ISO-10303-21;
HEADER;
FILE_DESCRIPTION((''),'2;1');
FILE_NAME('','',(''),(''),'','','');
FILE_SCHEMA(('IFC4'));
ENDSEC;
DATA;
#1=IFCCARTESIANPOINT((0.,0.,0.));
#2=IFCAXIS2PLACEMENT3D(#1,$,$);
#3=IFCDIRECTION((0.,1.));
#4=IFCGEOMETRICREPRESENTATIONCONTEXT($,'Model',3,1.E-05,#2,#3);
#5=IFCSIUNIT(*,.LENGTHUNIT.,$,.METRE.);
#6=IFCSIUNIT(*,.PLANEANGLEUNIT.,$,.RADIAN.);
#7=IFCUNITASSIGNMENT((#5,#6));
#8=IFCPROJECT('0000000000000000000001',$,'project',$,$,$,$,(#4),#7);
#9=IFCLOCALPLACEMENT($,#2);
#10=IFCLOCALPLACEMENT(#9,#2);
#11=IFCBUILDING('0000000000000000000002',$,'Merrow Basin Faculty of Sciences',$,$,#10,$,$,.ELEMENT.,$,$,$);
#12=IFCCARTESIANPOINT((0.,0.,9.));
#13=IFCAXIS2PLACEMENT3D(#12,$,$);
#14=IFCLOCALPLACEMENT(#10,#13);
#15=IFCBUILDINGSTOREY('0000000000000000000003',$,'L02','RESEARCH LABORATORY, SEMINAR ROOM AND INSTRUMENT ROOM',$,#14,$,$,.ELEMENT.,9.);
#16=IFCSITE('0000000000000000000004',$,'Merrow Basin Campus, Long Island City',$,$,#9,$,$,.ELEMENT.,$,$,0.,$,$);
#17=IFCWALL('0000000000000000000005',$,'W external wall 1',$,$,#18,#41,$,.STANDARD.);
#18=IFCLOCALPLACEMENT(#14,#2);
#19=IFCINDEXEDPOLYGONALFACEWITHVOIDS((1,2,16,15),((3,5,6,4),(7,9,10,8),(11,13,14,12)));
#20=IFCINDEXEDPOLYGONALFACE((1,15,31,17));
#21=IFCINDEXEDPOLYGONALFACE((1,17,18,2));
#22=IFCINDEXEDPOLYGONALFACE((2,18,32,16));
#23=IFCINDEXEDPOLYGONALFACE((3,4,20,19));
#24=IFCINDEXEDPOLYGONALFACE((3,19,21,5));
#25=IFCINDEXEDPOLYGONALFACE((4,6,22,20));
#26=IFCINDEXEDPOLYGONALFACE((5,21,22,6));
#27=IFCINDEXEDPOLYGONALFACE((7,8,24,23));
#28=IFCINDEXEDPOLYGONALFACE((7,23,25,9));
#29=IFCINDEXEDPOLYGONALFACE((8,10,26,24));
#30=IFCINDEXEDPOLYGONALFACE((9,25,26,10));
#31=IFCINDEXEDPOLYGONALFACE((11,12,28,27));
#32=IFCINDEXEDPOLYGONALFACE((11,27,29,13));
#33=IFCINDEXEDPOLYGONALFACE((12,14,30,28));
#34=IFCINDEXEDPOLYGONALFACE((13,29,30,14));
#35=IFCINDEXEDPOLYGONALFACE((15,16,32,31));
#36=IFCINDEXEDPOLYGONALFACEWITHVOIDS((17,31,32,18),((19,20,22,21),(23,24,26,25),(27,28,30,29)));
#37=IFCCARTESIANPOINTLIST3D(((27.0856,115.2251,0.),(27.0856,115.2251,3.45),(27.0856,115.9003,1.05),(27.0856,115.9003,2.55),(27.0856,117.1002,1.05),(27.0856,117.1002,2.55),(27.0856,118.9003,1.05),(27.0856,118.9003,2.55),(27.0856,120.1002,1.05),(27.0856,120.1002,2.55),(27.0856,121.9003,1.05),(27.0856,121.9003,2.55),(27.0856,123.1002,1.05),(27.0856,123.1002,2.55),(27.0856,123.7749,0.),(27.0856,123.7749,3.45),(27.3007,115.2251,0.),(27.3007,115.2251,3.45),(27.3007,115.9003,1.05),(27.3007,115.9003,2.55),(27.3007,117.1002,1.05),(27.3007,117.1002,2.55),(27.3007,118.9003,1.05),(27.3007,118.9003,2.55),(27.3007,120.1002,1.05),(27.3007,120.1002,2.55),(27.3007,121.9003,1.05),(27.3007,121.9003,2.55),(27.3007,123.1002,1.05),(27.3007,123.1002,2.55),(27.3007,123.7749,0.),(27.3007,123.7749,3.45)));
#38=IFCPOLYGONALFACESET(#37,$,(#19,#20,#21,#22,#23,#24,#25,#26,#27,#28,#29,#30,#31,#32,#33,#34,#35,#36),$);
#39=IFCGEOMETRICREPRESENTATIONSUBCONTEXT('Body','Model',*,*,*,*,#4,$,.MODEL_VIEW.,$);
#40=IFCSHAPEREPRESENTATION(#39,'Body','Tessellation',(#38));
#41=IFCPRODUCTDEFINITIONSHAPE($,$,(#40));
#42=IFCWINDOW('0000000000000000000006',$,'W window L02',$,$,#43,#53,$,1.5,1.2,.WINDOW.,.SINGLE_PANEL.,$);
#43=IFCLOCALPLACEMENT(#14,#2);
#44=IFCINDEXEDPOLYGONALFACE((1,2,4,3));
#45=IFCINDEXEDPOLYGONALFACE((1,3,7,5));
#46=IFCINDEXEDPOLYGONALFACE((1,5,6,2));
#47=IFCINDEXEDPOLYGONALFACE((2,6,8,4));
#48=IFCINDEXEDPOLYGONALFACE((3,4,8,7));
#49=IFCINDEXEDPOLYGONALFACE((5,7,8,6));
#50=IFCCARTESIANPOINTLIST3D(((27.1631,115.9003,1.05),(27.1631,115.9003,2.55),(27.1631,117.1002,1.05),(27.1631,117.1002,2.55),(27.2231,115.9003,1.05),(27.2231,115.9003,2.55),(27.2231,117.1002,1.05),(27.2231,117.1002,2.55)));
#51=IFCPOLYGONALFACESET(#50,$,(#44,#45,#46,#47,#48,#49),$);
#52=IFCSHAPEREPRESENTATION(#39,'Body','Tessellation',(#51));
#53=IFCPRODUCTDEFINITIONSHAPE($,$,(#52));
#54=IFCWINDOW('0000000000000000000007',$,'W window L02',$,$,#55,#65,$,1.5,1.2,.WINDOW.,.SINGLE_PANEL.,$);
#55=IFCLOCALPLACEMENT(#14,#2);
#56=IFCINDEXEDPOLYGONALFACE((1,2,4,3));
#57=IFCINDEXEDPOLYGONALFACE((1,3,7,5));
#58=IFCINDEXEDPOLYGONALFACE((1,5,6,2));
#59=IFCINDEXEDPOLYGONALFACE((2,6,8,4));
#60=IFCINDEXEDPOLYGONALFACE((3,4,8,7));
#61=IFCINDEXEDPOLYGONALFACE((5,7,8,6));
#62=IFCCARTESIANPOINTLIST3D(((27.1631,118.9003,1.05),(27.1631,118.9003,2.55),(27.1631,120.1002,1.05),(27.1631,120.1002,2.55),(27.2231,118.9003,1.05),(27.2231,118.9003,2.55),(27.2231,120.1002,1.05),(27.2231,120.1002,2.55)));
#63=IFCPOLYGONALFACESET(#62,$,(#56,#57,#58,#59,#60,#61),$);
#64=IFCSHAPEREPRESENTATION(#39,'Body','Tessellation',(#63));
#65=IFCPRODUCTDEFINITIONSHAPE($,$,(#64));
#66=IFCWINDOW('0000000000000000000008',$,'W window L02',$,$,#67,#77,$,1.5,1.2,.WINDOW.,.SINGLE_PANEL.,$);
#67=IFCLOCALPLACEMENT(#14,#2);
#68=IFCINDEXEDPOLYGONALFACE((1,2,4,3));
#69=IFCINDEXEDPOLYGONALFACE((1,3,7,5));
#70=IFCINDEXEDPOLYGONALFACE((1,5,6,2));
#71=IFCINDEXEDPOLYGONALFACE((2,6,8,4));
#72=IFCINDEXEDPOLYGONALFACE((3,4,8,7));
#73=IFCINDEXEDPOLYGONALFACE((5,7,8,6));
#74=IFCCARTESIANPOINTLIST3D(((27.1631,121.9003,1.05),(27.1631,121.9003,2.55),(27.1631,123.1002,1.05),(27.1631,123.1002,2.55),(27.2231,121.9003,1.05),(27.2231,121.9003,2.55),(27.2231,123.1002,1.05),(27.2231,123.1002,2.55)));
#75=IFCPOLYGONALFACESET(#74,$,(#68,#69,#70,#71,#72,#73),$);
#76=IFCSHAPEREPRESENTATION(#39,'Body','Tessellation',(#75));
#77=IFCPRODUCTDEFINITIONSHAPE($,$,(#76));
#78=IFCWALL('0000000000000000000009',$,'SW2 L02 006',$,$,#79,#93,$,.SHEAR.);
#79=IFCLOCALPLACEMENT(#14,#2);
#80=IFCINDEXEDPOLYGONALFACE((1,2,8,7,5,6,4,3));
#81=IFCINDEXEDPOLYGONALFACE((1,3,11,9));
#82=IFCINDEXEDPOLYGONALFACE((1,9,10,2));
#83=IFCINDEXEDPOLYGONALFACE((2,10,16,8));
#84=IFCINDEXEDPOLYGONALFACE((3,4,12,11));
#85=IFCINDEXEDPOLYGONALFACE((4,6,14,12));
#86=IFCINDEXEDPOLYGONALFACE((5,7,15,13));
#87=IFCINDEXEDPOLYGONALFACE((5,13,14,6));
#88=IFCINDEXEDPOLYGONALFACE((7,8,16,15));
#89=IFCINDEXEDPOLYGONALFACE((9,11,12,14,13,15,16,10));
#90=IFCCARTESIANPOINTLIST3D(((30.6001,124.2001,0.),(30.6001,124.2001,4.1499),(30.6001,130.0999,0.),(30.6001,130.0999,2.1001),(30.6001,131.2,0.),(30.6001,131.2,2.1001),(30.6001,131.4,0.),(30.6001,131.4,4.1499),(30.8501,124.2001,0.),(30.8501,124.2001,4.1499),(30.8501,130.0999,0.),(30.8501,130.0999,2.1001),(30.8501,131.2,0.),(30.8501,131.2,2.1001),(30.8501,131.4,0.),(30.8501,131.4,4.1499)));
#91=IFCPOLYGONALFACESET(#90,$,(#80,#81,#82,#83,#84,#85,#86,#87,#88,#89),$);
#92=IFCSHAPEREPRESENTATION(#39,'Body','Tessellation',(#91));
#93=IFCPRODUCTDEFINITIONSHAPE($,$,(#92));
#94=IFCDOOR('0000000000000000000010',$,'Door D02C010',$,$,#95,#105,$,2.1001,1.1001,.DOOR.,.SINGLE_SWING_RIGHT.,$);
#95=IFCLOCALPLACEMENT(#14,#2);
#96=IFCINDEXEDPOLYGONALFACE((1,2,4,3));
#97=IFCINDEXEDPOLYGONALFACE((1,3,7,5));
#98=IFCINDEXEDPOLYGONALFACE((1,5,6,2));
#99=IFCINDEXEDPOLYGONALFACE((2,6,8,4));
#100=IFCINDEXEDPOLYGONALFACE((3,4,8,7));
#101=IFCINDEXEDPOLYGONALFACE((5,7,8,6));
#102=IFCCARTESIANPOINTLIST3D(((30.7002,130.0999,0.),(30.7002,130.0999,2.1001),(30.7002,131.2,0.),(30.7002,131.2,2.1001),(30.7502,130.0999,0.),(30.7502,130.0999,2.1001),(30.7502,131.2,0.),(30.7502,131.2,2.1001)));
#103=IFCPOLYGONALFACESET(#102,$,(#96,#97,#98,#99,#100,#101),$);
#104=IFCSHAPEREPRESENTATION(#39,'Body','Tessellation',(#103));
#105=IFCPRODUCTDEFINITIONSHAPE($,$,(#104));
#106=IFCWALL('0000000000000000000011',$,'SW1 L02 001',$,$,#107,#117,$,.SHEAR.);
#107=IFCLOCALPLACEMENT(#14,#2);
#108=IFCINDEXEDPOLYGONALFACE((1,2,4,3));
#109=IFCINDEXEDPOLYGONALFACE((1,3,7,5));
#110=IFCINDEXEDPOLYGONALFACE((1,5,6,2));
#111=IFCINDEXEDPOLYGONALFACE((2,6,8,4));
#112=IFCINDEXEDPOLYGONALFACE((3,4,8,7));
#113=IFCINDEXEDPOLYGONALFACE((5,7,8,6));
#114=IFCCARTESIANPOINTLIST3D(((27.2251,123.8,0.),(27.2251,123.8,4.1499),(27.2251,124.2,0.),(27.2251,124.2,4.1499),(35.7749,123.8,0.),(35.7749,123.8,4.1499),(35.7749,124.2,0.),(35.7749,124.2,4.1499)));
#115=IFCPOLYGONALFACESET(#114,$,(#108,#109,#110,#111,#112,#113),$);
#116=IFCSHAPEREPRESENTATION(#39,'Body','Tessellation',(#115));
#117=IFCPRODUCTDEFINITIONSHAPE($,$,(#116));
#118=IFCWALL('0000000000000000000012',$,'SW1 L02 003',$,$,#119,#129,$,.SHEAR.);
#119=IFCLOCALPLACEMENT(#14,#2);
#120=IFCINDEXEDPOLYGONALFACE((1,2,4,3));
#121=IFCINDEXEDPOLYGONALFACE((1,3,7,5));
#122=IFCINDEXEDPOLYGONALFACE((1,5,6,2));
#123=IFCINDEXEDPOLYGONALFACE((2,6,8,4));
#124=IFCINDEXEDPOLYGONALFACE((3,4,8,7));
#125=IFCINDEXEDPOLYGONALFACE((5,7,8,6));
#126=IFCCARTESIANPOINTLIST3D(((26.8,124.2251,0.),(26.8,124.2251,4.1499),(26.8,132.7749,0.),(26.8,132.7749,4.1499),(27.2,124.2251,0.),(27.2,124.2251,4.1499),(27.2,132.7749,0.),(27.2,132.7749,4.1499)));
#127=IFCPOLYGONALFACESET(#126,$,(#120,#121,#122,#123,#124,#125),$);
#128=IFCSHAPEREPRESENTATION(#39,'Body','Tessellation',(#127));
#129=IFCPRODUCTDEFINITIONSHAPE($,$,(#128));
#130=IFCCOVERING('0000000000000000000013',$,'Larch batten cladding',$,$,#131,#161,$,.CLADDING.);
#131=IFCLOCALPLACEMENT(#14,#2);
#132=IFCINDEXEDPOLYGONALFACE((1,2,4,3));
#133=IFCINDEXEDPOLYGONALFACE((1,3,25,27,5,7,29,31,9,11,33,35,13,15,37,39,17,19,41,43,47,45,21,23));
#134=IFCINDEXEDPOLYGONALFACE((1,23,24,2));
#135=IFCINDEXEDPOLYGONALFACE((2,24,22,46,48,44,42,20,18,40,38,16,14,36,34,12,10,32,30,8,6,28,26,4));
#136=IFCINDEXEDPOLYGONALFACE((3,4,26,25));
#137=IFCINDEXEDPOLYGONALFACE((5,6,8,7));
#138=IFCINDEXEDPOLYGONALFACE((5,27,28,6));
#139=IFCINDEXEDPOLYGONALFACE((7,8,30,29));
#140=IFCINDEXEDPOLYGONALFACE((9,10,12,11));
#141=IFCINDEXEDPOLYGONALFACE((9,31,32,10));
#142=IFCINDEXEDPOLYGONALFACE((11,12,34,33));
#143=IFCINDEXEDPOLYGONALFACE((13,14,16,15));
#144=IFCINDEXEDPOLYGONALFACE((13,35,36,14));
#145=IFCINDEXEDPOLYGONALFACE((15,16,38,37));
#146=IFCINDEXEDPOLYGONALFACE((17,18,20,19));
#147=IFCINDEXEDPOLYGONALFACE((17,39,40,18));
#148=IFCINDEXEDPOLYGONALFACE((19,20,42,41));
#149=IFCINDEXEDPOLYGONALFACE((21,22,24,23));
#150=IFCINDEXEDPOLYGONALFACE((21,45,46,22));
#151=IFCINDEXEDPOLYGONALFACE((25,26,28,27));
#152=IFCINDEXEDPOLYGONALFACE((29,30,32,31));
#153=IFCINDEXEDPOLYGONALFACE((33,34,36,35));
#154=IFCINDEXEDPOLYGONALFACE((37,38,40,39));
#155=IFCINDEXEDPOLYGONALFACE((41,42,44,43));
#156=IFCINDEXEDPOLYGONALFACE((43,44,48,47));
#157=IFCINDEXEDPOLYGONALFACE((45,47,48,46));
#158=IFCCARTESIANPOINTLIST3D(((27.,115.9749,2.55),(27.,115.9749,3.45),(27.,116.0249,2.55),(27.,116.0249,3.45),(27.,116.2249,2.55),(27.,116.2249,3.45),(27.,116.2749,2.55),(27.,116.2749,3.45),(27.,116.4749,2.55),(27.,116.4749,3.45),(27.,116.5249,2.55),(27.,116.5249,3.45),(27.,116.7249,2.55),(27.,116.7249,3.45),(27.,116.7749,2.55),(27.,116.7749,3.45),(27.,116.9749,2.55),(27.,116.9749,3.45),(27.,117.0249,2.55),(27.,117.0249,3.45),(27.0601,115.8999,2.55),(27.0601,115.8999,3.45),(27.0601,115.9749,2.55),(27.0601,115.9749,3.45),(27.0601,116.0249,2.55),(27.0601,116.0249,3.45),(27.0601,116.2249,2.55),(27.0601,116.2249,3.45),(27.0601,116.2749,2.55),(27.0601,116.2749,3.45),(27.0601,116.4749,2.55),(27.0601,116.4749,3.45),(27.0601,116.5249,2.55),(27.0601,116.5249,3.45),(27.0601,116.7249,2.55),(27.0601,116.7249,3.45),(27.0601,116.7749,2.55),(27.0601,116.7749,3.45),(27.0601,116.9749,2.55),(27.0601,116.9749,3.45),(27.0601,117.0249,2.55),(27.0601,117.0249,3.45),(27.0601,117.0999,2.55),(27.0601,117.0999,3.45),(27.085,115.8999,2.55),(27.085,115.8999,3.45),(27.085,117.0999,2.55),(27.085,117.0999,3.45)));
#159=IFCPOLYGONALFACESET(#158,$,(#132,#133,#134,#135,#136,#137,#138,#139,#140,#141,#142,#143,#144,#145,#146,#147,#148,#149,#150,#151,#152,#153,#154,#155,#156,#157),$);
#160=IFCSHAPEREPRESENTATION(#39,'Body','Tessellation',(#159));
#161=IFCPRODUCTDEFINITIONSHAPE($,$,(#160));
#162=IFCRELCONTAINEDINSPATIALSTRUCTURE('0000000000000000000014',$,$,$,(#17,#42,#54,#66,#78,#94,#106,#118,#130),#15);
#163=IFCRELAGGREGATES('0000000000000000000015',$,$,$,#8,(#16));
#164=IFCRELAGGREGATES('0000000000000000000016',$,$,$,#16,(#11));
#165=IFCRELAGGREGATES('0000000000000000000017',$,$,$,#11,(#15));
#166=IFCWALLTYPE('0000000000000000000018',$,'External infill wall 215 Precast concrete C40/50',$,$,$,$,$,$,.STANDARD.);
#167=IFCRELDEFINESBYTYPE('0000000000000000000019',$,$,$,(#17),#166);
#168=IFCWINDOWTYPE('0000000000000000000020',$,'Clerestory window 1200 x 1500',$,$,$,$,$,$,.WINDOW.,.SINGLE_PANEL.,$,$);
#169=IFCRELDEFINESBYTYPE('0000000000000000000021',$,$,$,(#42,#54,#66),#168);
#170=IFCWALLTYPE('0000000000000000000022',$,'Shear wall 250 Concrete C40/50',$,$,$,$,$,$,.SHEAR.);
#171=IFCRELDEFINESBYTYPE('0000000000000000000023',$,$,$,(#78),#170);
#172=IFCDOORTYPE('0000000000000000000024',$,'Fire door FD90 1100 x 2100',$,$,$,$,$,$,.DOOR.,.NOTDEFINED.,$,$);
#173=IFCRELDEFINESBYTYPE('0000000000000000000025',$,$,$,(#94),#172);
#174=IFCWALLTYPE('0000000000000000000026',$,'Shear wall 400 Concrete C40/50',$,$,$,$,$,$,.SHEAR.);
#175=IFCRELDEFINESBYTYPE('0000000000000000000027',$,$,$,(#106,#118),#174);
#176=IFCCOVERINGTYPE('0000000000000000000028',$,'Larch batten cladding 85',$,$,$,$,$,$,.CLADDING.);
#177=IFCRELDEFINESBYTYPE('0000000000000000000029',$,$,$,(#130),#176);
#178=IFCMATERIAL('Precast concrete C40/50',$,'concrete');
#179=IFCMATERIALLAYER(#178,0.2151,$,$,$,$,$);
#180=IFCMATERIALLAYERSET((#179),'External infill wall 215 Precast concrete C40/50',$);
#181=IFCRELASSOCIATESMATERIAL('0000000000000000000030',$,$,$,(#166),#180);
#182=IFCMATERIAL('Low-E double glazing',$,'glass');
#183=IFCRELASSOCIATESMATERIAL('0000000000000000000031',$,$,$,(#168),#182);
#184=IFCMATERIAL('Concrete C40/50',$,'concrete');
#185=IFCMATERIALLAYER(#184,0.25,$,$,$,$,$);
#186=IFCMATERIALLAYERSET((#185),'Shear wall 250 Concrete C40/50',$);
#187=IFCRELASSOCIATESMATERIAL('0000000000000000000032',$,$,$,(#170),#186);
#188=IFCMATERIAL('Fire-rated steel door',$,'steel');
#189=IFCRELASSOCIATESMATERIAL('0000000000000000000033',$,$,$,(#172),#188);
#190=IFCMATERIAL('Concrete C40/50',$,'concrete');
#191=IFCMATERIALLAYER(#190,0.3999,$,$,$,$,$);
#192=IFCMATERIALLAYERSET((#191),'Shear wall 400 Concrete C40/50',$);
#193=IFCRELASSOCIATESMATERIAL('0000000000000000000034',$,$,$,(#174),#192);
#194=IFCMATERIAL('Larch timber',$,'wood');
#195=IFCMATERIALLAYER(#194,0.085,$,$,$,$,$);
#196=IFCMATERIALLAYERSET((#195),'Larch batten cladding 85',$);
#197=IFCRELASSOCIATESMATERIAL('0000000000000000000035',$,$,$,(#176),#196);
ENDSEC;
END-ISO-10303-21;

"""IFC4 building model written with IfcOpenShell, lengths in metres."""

from ifc_helpers import new_model, si_unit, direction, frame, frame_2d, origin, place, context, subcontext, project, spatial, polyline, rectangle, outline, extrude, source, transform, mapped, material, layer, layer_set, type_object, element, fill, save


model = new_model("IFC4")

# Units and contexts
model_context = context("Model", 3, precision=1e-05, world=origin(), true_north=direction((0.0, 1.0)))
body_context = subcontext(model_context, "Body", "Model", "MODEL_VIEW")
ifc_project = project(units=[si_unit("LENGTHUNIT", "METRE"), si_unit("PLANEANGLEUNIT", "RADIAN")], contexts=[model_context])

# Site, building, storey
site_placement = place(None, origin())
site = spatial("IfcSite", under=ifc_project, at=site_placement, Name="Merrow Basin Campus, Long Island City", CompositionType="ELEMENT", RefElevation=0.0)
building_placement = place(site_placement, origin())
building = spatial("IfcBuilding", under=site, at=building_placement, Name="Merrow Basin Faculty of Sciences", CompositionType="ELEMENT")
storey_placement = place(building_placement, frame((0.0, 0.0, 9.0)))
storey = spatial("IfcBuildingStorey", under=building, at=storey_placement, Name="L02", Description="RESEARCH LABORATORY, SEMINAR ROOM AND INSTRUMENT ROOM", CompositionType="ELEMENT", Elevation=9.0)

# Wall, openings, windows
ifc_material_1 = material(Name="Precast concrete C40/50", Category="concrete")
ifc_layer_1 = layer(ifc_material_1, 0.2151)
ifc_layer_set_1 = layer_set([ifc_layer_1], Name="External infill wall 215 Precast concrete C40/50")
wall_type_1 = type_object("IfcWallType", Name="External infill wall 215 Precast concrete C40/50", PredefinedType="STANDARD", material=ifc_layer_set_1)
wall_1_placement = place(storey_placement, frame((27.1931, 115.2251, 0.0), z_axis=(0.0, 0.0, 1.0), x_axis=(0.0, 1.0, 0.0)))
wall_1 = element("IfcWall", 1, at=wall_1_placement, inside=storey, type_object=wall_type_1, Name="W external wall 1", PredefinedType="STANDARD", context=body_context, shape_type="SweptSolid", body=[
    extrude(rectangle(XDim=8.5498, YDim=0.2151, at=frame_2d((4.2749, 0.0))), origin(), (0.0, 0.0, 1.0), 3.45),
])
opening_1_placement = place(wall_1_placement, frame((0.675, 0.0, 1.05)))
opening_1 = element("IfcOpeningElement", 2, at=opening_1_placement, cuts=wall_1, PredefinedType="OPENING", context=body_context, shape_type="SweptSolid", body=[
    extrude(rectangle(XDim=1.2, YDim=1.5, at=frame_2d((0.6001, 0.75))), frame((0.0, 0.1174, 0.0), z_axis=(0.0, -1.0, 0.0), x_axis=(1.0, 0.0, 0.0)), (0.0, 0.0, 1.0), 0.2351),
])
opening_2_placement = place(wall_1_placement, frame((3.675, 0.0, 1.05)))
opening_2 = element("IfcOpeningElement", 3, at=opening_2_placement, cuts=wall_1, PredefinedType="OPENING", context=body_context, shape_type="SweptSolid", body=[
    extrude(rectangle(XDim=1.2, YDim=1.5, at=frame_2d((0.6001, 0.75))), frame((0.0, 0.1174, 0.0), z_axis=(0.0, -1.0, 0.0), x_axis=(1.0, 0.0, 0.0)), (0.0, 0.0, 1.0), 0.2351),
])
opening_3_placement = place(wall_1_placement, frame((6.675, 0.0, 1.05)))
opening_3 = element("IfcOpeningElement", 4, at=opening_3_placement, cuts=wall_1, PredefinedType="OPENING", context=body_context, shape_type="SweptSolid", body=[
    extrude(rectangle(XDim=1.2, YDim=1.5, at=frame_2d((0.6001, 0.75))), frame((0.0, 0.1174, 0.0), z_axis=(0.0, -1.0, 0.0), x_axis=(1.0, 0.0, 0.0)), (0.0, 0.0, 1.0), 0.2351),
])
ifc_material_2 = material(Name="Low-E double glazing", Category="glass")
window_type = type_object("IfcWindowType", Name="Clerestory window 1200 x 1500", PartitioningType="SINGLE_PANEL", PredefinedType="WINDOW", material=ifc_material_2)
window_1_placement = place(opening_1_placement, origin())
window_1 = element("IfcWindow", 5, at=window_1_placement, inside=storey, type_object=window_type, Name="W window L02", OverallHeight=1.5, OverallWidth=1.2, PartitioningType="SINGLE_PANEL", PredefinedType="WINDOW", context=body_context, shape_type="SweptSolid", body=[
    extrude(rectangle(XDim=1.2, YDim=1.5, at=frame_2d((0.6001, 0.75))), frame((0.0, 0.03, 0.0), z_axis=(0.0, -1.0, 0.0), x_axis=(1.0, 0.0, 0.0)), (0.0, 0.0, 1.0), 0.0601),
])
fill(opening_1, window_1)
window_2_placement = place(opening_2_placement, origin())
window_2 = element("IfcWindow", 6, at=window_2_placement, inside=storey, type_object=window_type, Name="W window L02", OverallHeight=1.5, OverallWidth=1.2, PartitioningType="SINGLE_PANEL", PredefinedType="WINDOW", context=body_context, shape_type="SweptSolid", body=[
    extrude(rectangle(XDim=1.2, YDim=1.5, at=frame_2d((0.6001, 0.75))), frame((0.0, 0.03, 0.0), z_axis=(0.0, -1.0, 0.0), x_axis=(1.0, 0.0, 0.0)), (0.0, 0.0, 1.0), 0.0601),
])
fill(opening_2, window_2)
window_3_placement = place(opening_3_placement, origin())
window_3 = element("IfcWindow", 7, at=window_3_placement, inside=storey, type_object=window_type, Name="W window L02", OverallHeight=1.5, OverallWidth=1.2, PartitioningType="SINGLE_PANEL", PredefinedType="WINDOW", context=body_context, shape_type="SweptSolid", body=[
    extrude(rectangle(XDim=1.2, YDim=1.5, at=frame_2d((0.6001, 0.75))), frame((0.0, 0.03, 0.0), z_axis=(0.0, -1.0, 0.0), x_axis=(1.0, 0.0, 0.0)), (0.0, 0.0, 1.0), 0.0601),
])
fill(opening_3, window_3)

# Wall, opening, door
ifc_material_3 = material(Name="Concrete C40/50", Category="concrete")
ifc_layer_2 = layer(ifc_material_3, 0.25)
ifc_layer_set_2 = layer_set([ifc_layer_2], Name="Shear wall 250 Concrete C40/50")
wall_type_2 = type_object("IfcWallType", Name="Shear wall 250 Concrete C40/50", PredefinedType="SHEAR", material=ifc_layer_set_2)
wall_2_placement = place(storey_placement, frame((30.7251, 124.2, 0.0), z_axis=(0.0, 0.0, 1.0), x_axis=(0.0, 1.0, 0.0)))
wall_2 = element("IfcWall", 8, at=wall_2_placement, inside=storey, type_object=wall_type_2, Name="SW2 L02 006", PredefinedType="SHEAR", context=body_context, shape_type="SweptSolid", body=[
    extrude(rectangle(XDim=7.2, YDim=0.25, at=frame_2d((3.6001, 0.0))), origin(), (0.0, 0.0, 1.0), 4.1499),
])
opening_4_placement = place(wall_2_placement, frame((5.8999, 0.0, 0.0)))
opening_4 = element("IfcOpeningElement", 9, at=opening_4_placement, cuts=wall_2, PredefinedType="OPENING", context=body_context, shape_type="SweptSolid", body=[
    extrude(rectangle(XDim=1.1001, YDim=2.1001, at=frame_2d((0.55, 1.05))), frame((0.0, 0.135, 0.0), z_axis=(0.0, -1.0, 0.0), x_axis=(1.0, 0.0, 0.0)), (0.0, 0.0, 1.0), 0.27),
])
ifc_material_4 = material(Name="Fire-rated steel door", Category="steel")
door_type = type_object("IfcDoorType", Name="Fire door FD90 1100 x 2100", OperationType="NOTDEFINED", PredefinedType="DOOR", material=ifc_material_4)
door_placement = place(opening_4_placement, origin())
door = element("IfcDoor", 10, at=door_placement, inside=storey, type_object=door_type, Name="Door D02C010", OperationType="SINGLE_SWING_RIGHT", OverallHeight=2.1001, OverallWidth=1.1001, PredefinedType="DOOR", context=body_context, shape_type="SweptSolid", body=[
    extrude(rectangle(XDim=1.1001, YDim=2.1001, at=frame_2d((0.55, 1.05))), frame((0.0, 0.0249, 0.0), z_axis=(0.0, -1.0, 0.0), x_axis=(1.0, 0.0, 0.0)), (0.0, 0.0, 1.0), 0.05),
])
fill(opening_4, door)

# Walls
ifc_material_5 = material(Name="Concrete C40/50", Category="concrete")
ifc_layer_3 = layer(ifc_material_5, 0.3999)
ifc_layer_set_3 = layer_set([ifc_layer_3], Name="Shear wall 400 Concrete C40/50")
wall_type_3 = type_object("IfcWallType", Name="Shear wall 400 Concrete C40/50", PredefinedType="SHEAR", material=ifc_layer_set_3)
for number, where, z_axis, x_axis, name in (
    (11, (27.2251, 124.0, 0.0), (0.0, 0.0, 1.0), (1.0, 0.0, 0.0), "SW1 L02 001"),
    (12, (27.0, 124.2251, 0.0), (0.0, 0.0, 1.0), (0.0, 1.0, 0.0), "SW1 L02 003"),
):
    element("IfcWall", number, at=place(storey_placement, frame(where, z_axis=z_axis, x_axis=x_axis)), inside=storey, type_object=wall_type_3, Name=name, PredefinedType="SHEAR", context=body_context, shape_type="SweptSolid", body=[
        extrude(rectangle(XDim=8.5498, YDim=0.3999, at=frame_2d((4.2749, 0.0))), origin(), (0.0, 0.0, 1.0), 4.1499),
    ])

# Covering
ifc_material_6 = material(Name="Larch timber", Category="wood")
ifc_layer_4 = layer(ifc_material_6, 0.085)
ifc_layer_set_4 = layer_set([ifc_layer_4], Name="Larch batten cladding 85")
covering_type_1 = type_object("IfcCoveringType", Name="Larch batten cladding 85", PredefinedType="CLADDING", material=ifc_layer_set_4)
shared_shape_1 = source(origin(), body_context, "Body", "SweptSolid", [
    extrude(outline(polyline([(0.0, 0.0), (1.2, 0.0), (1.2, 0.0249), (1.125, 0.0249), (1.125, 0.085), (1.075, 0.085), (1.075, 0.0249), (0.875, 0.0249), (0.875, 0.085), (0.825, 0.085), (0.825, 0.0249), (0.625, 0.0249), (0.625, 0.085), (0.575, 0.085), (0.575, 0.0249), (0.375, 0.0249), (0.375, 0.085), (0.325, 0.085), (0.325, 0.0249), (0.125, 0.0249), (0.125, 0.085), (0.075, 0.085), (0.075, 0.0249), (0.0, 0.0249), (0.0, 0.0)])), origin(), (0.0, 0.0, 1.0), 0.8999),
])
for number, where, z_axis, x_axis, name in (
    (13, (27.085, 115.8999, 2.55), (0.0, 0.0, 1.0), (0.0, 1.0, 0.0), "Larch batten cladding"),
):
    element("IfcCovering", number, at=place(storey_placement, frame(where, z_axis=z_axis, x_axis=x_axis)), inside=storey, type_object=covering_type_1, Name=name, PredefinedType="CLADDING", context=body_context, shape_type="MappedRepresentation", body=[
        mapped(shared_shape_1, transform((0.0, 0.0, 0.0), scale=1.0)),
    ])

save(model, "model.ifc")
